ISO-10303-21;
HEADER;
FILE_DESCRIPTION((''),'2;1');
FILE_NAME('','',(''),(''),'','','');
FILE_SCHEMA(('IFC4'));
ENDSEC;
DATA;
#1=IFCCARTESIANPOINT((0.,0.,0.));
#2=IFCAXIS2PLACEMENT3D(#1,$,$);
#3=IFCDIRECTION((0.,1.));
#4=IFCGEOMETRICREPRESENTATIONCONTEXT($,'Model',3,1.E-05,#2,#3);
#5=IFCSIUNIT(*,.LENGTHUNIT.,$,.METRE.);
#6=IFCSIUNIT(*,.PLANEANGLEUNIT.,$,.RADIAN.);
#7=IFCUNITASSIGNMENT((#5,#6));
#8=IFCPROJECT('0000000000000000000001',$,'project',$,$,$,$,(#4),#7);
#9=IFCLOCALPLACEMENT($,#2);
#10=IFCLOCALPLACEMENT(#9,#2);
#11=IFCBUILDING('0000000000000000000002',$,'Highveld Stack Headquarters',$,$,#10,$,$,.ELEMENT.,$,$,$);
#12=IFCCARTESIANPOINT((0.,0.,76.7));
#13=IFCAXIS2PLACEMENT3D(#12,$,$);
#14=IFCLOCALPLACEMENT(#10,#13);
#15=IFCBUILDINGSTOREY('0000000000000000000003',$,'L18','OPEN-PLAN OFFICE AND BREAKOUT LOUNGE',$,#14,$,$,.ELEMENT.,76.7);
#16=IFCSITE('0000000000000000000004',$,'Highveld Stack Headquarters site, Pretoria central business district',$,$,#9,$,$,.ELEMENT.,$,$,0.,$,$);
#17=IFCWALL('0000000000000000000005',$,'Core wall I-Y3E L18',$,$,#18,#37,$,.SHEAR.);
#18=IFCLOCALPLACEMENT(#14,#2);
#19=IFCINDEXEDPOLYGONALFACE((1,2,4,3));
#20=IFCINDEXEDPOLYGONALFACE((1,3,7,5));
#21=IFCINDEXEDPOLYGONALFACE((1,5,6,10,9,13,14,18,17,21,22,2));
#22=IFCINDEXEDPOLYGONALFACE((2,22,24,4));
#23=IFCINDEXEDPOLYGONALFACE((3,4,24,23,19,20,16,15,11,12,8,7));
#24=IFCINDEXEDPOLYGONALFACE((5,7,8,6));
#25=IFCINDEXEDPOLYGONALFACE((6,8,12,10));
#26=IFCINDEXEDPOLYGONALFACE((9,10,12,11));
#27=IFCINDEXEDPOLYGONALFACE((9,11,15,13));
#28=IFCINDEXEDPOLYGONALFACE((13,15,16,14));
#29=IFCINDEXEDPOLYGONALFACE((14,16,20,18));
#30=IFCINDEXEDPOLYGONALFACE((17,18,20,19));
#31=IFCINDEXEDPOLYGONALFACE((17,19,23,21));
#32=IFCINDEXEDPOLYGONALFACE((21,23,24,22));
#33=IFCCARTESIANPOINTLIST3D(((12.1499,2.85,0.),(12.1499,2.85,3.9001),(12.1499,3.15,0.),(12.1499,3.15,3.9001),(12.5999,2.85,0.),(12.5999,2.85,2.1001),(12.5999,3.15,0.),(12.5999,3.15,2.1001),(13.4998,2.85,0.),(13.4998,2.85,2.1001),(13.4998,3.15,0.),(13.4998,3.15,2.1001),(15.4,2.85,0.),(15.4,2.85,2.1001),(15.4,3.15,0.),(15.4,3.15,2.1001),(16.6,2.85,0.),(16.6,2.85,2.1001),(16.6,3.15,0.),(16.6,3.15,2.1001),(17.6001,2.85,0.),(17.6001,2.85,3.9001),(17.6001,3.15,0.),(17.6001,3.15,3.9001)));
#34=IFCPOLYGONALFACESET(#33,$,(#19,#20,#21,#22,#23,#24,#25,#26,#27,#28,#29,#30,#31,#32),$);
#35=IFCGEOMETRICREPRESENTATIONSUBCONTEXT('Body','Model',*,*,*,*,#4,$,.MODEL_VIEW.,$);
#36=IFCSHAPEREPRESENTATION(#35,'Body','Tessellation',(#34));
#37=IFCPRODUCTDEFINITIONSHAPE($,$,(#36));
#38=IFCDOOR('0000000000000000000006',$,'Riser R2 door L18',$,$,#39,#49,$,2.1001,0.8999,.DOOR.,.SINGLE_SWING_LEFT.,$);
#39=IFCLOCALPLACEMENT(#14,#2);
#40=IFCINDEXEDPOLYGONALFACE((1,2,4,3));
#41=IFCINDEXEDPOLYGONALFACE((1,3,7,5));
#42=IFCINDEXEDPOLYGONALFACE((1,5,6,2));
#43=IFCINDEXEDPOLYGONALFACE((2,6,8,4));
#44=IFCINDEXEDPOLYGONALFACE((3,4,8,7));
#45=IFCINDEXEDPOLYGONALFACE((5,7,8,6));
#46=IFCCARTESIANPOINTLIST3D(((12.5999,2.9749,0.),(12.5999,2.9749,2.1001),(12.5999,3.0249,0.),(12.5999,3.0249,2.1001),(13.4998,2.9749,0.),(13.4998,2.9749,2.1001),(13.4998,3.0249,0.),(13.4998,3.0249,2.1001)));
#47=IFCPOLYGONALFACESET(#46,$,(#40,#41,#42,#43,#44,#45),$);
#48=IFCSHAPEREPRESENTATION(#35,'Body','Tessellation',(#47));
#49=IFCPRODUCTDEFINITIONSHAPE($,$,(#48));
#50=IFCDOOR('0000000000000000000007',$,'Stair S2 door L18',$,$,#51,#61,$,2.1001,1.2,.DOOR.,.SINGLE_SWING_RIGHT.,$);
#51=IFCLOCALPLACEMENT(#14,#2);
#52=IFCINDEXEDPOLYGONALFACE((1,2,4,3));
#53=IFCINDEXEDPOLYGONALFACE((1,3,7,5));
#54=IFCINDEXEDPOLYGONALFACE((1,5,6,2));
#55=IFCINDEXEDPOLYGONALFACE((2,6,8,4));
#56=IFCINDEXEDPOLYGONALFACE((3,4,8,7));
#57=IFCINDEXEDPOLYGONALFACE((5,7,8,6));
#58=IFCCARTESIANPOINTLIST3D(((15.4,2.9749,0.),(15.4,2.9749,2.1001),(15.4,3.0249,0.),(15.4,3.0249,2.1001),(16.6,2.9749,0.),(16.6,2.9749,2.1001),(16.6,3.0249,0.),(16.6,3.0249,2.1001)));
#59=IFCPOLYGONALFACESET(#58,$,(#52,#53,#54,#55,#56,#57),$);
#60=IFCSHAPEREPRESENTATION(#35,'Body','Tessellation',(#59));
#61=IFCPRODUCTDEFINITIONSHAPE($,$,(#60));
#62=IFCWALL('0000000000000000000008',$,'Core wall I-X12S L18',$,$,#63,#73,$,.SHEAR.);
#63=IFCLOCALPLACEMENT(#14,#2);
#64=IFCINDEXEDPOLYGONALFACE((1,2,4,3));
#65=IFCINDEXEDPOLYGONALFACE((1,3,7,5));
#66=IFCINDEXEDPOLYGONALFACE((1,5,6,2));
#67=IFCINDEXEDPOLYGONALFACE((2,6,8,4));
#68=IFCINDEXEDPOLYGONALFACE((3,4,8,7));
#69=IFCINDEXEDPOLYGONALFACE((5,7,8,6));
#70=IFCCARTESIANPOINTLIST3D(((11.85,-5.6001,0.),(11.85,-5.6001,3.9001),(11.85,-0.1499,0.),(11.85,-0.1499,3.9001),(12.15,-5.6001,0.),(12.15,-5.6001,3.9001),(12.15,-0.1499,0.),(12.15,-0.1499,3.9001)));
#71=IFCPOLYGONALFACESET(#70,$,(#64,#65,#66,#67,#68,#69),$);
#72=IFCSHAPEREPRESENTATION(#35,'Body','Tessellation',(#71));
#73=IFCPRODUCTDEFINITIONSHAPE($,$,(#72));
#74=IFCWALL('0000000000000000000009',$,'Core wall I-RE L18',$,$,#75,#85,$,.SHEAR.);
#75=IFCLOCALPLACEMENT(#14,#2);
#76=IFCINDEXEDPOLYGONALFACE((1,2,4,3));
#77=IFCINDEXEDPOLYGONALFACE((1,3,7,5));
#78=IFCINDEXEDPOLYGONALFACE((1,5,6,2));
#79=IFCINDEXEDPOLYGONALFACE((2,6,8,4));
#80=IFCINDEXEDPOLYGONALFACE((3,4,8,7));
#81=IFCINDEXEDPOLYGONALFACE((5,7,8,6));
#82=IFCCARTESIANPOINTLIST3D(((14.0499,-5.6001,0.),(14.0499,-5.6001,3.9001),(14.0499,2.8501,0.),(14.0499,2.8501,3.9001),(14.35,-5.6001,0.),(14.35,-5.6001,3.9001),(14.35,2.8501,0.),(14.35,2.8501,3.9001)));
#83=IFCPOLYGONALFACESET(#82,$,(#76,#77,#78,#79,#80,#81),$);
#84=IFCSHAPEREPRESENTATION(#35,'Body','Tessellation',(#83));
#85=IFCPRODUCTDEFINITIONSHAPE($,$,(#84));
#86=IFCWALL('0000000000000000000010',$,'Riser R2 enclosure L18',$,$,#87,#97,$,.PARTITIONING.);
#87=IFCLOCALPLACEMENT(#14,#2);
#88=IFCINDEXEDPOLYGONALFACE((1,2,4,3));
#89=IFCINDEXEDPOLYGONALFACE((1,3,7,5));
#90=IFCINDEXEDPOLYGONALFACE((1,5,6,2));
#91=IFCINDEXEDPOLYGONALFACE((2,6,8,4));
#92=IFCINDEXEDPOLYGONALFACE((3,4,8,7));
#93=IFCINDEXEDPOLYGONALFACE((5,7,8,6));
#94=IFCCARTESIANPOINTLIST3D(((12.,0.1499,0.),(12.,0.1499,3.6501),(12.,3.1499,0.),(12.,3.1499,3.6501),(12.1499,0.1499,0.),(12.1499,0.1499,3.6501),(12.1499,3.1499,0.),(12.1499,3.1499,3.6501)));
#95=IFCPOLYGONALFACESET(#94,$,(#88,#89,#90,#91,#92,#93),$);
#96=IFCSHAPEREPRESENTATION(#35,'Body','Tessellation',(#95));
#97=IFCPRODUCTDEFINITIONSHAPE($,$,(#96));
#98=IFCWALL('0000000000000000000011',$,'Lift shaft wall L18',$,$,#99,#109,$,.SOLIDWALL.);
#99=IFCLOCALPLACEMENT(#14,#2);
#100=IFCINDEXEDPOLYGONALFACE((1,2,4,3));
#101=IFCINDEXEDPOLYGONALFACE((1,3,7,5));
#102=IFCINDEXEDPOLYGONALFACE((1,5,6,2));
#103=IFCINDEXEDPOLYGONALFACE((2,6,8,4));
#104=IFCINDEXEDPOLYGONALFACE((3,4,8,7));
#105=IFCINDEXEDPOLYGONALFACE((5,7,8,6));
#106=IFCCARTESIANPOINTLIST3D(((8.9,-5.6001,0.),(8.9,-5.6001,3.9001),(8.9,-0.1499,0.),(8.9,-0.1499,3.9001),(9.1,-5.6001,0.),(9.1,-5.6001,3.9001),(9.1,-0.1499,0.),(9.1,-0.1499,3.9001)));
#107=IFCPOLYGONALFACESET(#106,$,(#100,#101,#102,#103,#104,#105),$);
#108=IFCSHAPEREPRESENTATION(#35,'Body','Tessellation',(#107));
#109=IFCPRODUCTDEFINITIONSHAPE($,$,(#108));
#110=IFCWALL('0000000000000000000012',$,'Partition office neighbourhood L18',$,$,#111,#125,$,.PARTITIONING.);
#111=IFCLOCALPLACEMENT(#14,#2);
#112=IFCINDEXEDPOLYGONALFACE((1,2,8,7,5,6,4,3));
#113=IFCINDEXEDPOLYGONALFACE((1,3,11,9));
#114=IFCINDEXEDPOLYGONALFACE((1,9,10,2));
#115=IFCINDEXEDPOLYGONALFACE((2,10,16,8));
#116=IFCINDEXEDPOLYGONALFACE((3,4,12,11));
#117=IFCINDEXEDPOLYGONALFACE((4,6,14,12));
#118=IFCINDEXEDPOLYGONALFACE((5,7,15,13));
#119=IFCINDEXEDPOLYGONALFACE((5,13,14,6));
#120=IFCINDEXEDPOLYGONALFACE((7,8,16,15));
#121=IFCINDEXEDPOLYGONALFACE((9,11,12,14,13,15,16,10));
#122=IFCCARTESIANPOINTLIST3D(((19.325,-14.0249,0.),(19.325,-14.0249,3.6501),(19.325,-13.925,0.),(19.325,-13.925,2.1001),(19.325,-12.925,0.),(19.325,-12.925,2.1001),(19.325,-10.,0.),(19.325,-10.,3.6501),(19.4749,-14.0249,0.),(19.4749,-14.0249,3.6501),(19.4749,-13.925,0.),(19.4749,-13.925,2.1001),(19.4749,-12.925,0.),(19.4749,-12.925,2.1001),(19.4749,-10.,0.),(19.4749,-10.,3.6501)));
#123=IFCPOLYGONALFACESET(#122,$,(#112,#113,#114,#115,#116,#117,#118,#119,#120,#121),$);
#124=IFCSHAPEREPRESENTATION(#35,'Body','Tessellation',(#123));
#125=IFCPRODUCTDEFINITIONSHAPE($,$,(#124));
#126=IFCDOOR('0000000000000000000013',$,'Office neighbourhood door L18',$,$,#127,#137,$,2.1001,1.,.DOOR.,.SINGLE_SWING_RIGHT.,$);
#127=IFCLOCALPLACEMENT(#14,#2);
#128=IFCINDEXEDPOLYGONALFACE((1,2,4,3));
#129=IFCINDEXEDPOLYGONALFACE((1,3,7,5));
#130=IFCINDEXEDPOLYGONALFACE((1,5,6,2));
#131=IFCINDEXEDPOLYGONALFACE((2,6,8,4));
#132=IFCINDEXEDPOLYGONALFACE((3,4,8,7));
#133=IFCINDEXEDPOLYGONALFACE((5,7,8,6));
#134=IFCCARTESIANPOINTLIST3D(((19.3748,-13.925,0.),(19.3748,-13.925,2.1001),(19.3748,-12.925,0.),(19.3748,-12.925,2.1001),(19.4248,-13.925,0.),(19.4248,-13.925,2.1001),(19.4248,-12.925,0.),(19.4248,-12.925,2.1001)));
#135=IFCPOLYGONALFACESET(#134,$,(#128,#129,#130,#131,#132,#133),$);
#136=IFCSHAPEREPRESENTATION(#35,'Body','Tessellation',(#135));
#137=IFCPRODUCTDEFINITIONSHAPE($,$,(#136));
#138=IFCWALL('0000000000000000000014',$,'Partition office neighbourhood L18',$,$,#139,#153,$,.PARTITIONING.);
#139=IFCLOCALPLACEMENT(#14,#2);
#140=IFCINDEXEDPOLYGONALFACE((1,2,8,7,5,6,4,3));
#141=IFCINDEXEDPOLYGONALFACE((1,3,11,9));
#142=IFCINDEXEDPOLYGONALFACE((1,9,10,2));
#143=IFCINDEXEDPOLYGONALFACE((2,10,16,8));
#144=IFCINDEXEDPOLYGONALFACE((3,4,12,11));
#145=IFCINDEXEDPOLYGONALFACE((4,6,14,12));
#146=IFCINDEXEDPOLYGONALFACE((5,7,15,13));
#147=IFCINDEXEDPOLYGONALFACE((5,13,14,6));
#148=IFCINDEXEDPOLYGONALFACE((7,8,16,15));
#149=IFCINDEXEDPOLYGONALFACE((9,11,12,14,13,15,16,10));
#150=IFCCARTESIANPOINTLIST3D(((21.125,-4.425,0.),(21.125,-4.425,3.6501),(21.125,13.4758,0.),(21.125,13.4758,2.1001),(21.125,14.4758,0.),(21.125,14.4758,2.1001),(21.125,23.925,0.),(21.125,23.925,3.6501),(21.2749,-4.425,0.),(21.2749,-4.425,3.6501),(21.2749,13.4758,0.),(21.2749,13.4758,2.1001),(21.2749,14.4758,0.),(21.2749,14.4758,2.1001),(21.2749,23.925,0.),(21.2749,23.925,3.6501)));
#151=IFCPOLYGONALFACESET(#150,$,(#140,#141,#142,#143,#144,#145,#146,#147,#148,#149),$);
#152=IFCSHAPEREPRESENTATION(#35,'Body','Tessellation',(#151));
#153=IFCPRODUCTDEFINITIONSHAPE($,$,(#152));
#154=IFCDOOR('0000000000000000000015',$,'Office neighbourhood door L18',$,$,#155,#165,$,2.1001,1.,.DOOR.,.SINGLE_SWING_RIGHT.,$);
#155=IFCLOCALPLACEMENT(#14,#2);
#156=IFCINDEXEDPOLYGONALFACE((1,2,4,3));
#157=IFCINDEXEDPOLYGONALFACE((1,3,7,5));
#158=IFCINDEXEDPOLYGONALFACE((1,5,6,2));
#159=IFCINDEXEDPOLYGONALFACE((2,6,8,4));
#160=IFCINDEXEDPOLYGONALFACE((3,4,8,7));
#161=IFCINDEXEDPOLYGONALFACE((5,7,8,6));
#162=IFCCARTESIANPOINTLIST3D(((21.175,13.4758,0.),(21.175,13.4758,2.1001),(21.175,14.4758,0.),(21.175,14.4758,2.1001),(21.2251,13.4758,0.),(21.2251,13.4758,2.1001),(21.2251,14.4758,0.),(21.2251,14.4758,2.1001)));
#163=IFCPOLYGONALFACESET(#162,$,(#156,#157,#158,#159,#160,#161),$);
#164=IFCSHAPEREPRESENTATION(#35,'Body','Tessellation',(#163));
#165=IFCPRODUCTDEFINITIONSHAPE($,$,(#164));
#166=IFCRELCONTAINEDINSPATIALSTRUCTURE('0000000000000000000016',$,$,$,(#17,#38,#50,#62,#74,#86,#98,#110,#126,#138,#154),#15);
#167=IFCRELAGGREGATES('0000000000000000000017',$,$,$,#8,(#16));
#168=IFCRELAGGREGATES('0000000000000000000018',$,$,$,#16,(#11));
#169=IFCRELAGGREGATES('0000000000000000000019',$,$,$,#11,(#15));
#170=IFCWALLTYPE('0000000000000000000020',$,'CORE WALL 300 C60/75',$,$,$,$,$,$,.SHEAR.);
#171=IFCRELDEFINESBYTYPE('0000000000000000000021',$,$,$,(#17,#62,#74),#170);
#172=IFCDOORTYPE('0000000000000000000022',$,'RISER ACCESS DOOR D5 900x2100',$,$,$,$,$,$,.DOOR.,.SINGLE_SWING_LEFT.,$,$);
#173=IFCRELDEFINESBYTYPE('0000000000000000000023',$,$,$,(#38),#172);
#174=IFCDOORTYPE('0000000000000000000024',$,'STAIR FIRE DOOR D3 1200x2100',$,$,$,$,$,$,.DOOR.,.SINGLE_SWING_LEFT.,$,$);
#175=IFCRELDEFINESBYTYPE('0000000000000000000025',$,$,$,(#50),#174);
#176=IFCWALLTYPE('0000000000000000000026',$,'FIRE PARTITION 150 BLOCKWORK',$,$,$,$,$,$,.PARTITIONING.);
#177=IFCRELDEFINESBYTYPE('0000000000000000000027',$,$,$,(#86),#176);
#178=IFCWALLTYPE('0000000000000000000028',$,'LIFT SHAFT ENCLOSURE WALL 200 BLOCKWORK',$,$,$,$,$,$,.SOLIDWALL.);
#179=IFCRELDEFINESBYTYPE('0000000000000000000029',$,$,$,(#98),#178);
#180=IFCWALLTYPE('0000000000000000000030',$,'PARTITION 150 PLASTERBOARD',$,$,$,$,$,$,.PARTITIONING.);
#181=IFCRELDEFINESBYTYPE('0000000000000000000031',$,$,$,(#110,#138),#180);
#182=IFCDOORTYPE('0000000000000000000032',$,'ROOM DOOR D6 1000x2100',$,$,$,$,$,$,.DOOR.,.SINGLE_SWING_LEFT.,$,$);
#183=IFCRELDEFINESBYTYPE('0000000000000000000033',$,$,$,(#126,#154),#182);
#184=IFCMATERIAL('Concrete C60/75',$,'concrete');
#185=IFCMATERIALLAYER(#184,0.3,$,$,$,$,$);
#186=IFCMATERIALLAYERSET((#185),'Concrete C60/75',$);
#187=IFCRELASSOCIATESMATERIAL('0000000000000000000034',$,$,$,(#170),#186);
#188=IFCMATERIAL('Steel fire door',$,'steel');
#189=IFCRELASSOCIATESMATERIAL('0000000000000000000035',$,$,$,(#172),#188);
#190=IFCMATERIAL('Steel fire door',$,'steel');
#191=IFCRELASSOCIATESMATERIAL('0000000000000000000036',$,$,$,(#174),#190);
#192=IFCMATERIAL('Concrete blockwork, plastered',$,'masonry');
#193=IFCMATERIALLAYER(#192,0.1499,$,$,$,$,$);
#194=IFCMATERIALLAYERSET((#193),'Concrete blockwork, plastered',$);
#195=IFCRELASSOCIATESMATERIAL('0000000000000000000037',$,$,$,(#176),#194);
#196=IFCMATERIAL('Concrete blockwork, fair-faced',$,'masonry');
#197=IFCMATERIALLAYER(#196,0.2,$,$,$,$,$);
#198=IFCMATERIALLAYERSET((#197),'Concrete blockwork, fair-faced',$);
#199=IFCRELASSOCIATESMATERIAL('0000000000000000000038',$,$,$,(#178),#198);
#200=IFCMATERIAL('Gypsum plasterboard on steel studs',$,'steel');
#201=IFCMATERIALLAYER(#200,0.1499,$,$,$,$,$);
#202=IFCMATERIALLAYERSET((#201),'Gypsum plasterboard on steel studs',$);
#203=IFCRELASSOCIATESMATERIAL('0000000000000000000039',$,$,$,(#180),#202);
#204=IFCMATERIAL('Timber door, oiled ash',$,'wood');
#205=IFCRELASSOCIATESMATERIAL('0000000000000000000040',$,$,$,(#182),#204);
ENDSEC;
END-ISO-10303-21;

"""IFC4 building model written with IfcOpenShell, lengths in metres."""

from ifc_helpers import new_model, si_unit, direction, frame, frame_2d, origin, place, context, subcontext, project, spatial, rectangle, extrude, material, layer, layer_set, type_object, element, fill, save


model = new_model("IFC4")

# Units and contexts
model_context = context("Model", 3, precision=1e-05, world=origin(), true_north=direction((0.0, 1.0)))
body_context = subcontext(model_context, "Body", "Model", "MODEL_VIEW")
ifc_project = project(units=[si_unit("LENGTHUNIT", "METRE"), si_unit("PLANEANGLEUNIT", "RADIAN")], contexts=[model_context])

# Site, building, storey
site_placement = place(None, origin())
site = spatial("IfcSite", under=ifc_project, at=site_placement, Name="Highveld Stack Headquarters site, Pretoria central business district", CompositionType="ELEMENT", RefElevation=0.0)
building_placement = place(site_placement, origin())
building = spatial("IfcBuilding", under=site, at=building_placement, Name="Highveld Stack Headquarters", CompositionType="ELEMENT")
storey_placement = place(building_placement, frame((0.0, 0.0, 76.7)))
storey = spatial("IfcBuildingStorey", under=building, at=storey_placement, Name="L18", Description="OPEN-PLAN OFFICE AND BREAKOUT LOUNGE", CompositionType="ELEMENT", Elevation=76.7)

# Wall, openings, doors
ifc_material_1 = material(Name="Concrete C60/75", Category="concrete")
ifc_layer_1 = layer(ifc_material_1, 0.3)
ifc_layer_set_1 = layer_set([ifc_layer_1], Name="Concrete C60/75")
wall_type_1 = type_object("IfcWallType", Name="CORE WALL 300 C60/75", PredefinedType="SHEAR", material=ifc_layer_set_1)
wall_1_placement = place(storey_placement, frame((12.1499, 3.0, 0.0), z_axis=(0.0, 0.0, 1.0), x_axis=(1.0, 0.0, 0.0)))
wall_1 = element("IfcWall", 1, at=wall_1_placement, inside=storey, type_object=wall_type_1, Name="Core wall I-Y3E L18", PredefinedType="SHEAR", context=body_context, shape_type="SweptSolid", body=[
    extrude(rectangle(XDim=5.4502, YDim=0.3, at=frame_2d((2.7251, 0.0))), origin(), (0.0, 0.0, 1.0), 3.9001),
])
opening_1_placement = place(wall_1_placement, frame((3.25, 0.0, 0.0)))
opening_1 = element("IfcOpeningElement", 2, at=opening_1_placement, cuts=wall_1, PredefinedType="OPENING", context=body_context, shape_type="SweptSolid", body=[
    extrude(rectangle(XDim=1.2, YDim=2.1001, at=frame_2d((0.6001, 1.05))), frame((0.0, 0.1599, 0.0), z_axis=(0.0, -1.0, 0.0), x_axis=(1.0, 0.0, 0.0)), (0.0, 0.0, 1.0), 0.3201),
])
opening_2_placement = place(wall_1_placement, frame((0.45, 0.0, 0.0)))
opening_2 = element("IfcOpeningElement", 3, at=opening_2_placement, cuts=wall_1, PredefinedType="OPENING", context=body_context, shape_type="SweptSolid", body=[
    extrude(rectangle(XDim=0.8999, YDim=2.1001, at=frame_2d((0.45, 1.05))), frame((0.0, 0.1599, 0.0), z_axis=(0.0, -1.0, 0.0), x_axis=(1.0, 0.0, 0.0)), (0.0, 0.0, 1.0), 0.3201),
])
ifc_material_2 = material(Name="Steel fire door", Category="steel")
door_type_1 = type_object("IfcDoorType", Name="RISER ACCESS DOOR D5 900x2100", OperationType="SINGLE_SWING_LEFT", PredefinedType="DOOR", material=ifc_material_2)
door_1_placement = place(opening_2_placement, origin())
door_1 = element("IfcDoor", 4, at=door_1_placement, inside=storey, type_object=door_type_1, Name="Riser R2 door L18", OperationType="SINGLE_SWING_LEFT", OverallHeight=2.1001, OverallWidth=0.8999, PredefinedType="DOOR", context=body_context, shape_type="SweptSolid", body=[
    extrude(rectangle(XDim=0.8999, YDim=2.1001, at=frame_2d((0.45, 1.05))), frame((0.0, 0.0249, 0.0), z_axis=(0.0, -1.0, 0.0), x_axis=(1.0, 0.0, 0.0)), (0.0, 0.0, 1.0), 0.05),
])
fill(opening_2, door_1)
ifc_material_3 = material(Name="Steel fire door", Category="steel")
door_type_2 = type_object("IfcDoorType", Name="STAIR FIRE DOOR D3 1200x2100", OperationType="SINGLE_SWING_LEFT", PredefinedType="DOOR", material=ifc_material_3)
door_2_placement = place(opening_1_placement, origin())
door_2 = element("IfcDoor", 5, at=door_2_placement, inside=storey, type_object=door_type_2, Name="Stair S2 door L18", OperationType="SINGLE_SWING_RIGHT", OverallHeight=2.1001, OverallWidth=1.2, PredefinedType="DOOR", context=body_context, shape_type="SweptSolid", body=[
    extrude(rectangle(XDim=1.2, YDim=2.1001, at=frame_2d((0.6001, 1.05))), frame((0.0, 0.0249, 0.0), z_axis=(0.0, -1.0, 0.0), x_axis=(1.0, 0.0, 0.0)), (0.0, 0.0, 1.0), 0.05),
])
fill(opening_1, door_2)

# Walls
wall_2_placement = place(storey_placement, frame((12.0, -5.6001, 0.0), z_axis=(0.0, 0.0, 1.0), x_axis=(0.0, 1.0, 0.0)))
element("IfcWall", 6, at=wall_2_placement, inside=storey, type_object=wall_type_1, Name="Core wall I-X12S L18", PredefinedType="SHEAR", context=body_context, shape_type="SweptSolid", body=[
    extrude(rectangle(XDim=5.4502, YDim=0.3, at=frame_2d((2.7251, 0.0))), origin(), (0.0, 0.0, 1.0), 3.9001),
])
wall_3_placement = place(storey_placement, frame((14.2, -5.6001, 0.0), z_axis=(0.0, 0.0, 1.0), x_axis=(0.0, 1.0, 0.0)))
element("IfcWall", 7, at=wall_3_placement, inside=storey, type_object=wall_type_1, Name="Core wall I-RE L18", PredefinedType="SHEAR", context=body_context, shape_type="SweptSolid", body=[
    extrude(rectangle(XDim=8.4502, YDim=0.3, at=frame_2d((4.2251, 0.0))), origin(), (0.0, 0.0, 1.0), 3.9001),
])
ifc_material_4 = material(Name="Concrete blockwork, plastered", Category="masonry")
ifc_layer_2 = layer(ifc_material_4, 0.1499)
ifc_layer_set_2 = layer_set([ifc_layer_2], Name="Concrete blockwork, plastered")
wall_type_2 = type_object("IfcWallType", Name="FIRE PARTITION 150 BLOCKWORK", PredefinedType="PARTITIONING", material=ifc_layer_set_2)
wall_4_placement = place(storey_placement, frame((12.075, 0.1499, 0.0), z_axis=(0.0, 0.0, 1.0), x_axis=(0.0, 1.0, 0.0)))
element("IfcWall", 8, at=wall_4_placement, inside=storey, type_object=wall_type_2, Name="Riser R2 enclosure L18", PredefinedType="PARTITIONING", context=body_context, shape_type="SweptSolid", body=[
    extrude(rectangle(XDim=3.0, YDim=0.1499, at=frame_2d((1.5, 0.0))), origin(), (0.0, 0.0, 1.0), 3.6501),
])
ifc_material_5 = material(Name="Concrete blockwork, fair-faced", Category="masonry")
ifc_layer_3 = layer(ifc_material_5, 0.2)
ifc_layer_set_3 = layer_set([ifc_layer_3], Name="Concrete blockwork, fair-faced")
wall_type_3 = type_object("IfcWallType", Name="LIFT SHAFT ENCLOSURE WALL 200 BLOCKWORK", PredefinedType="SOLIDWALL", material=ifc_layer_set_3)
wall_5_placement = place(storey_placement, frame((9.0, -5.6001, 0.0), z_axis=(0.0, 0.0, 1.0), x_axis=(0.0, 1.0, 0.0)))
element("IfcWall", 9, at=wall_5_placement, inside=storey, type_object=wall_type_3, Name="Lift shaft wall L18", PredefinedType="SOLIDWALL", context=body_context, shape_type="SweptSolid", body=[
    extrude(rectangle(XDim=5.4502, YDim=0.2, at=frame_2d((2.7251, 0.0))), origin(), (0.0, 0.0, 1.0), 3.9001),
])

# Walls, openings, doors
ifc_material_6 = material(Name="Gypsum plasterboard on steel studs", Category="steel")
ifc_layer_4 = layer(ifc_material_6, 0.1499)
ifc_layer_set_4 = layer_set([ifc_layer_4], Name="Gypsum plasterboard on steel studs")
wall_type_4 = type_object("IfcWallType", Name="PARTITION 150 PLASTERBOARD", PredefinedType="PARTITIONING", material=ifc_layer_set_4)
wall_6_placement = place(storey_placement, frame((19.3999, -10.0, 0.0), z_axis=(0.0, 0.0, 1.0), x_axis=(0.0, -1.0, 0.0)))
wall_6 = element("IfcWall", 10, at=wall_6_placement, inside=storey, type_object=wall_type_4, Name="Partition office neighbourhood L18", PredefinedType="PARTITIONING", context=body_context, shape_type="SweptSolid", body=[
    extrude(rectangle(XDim=4.0249, YDim=0.1499, at=frame_2d((2.0125, 0.0))), origin(), (0.0, 0.0, 1.0), 3.6501),
])
opening_3_placement = place(wall_6_placement, frame((2.925, 0.0, 0.0)))
opening_3 = element("IfcOpeningElement", 11, at=opening_3_placement, cuts=wall_6, PredefinedType="OPENING", context=body_context, shape_type="SweptSolid", body=[
    extrude(rectangle(XDim=1.0, YDim=2.1001, at=frame_2d((0.5, 1.05))), frame((0.0, 0.085, 0.0), z_axis=(0.0, -1.0, 0.0), x_axis=(1.0, 0.0, 0.0)), (0.0, 0.0, 1.0), 0.1699),
])
ifc_material_7 = material(Name="Timber door, oiled ash", Category="wood")
door_type_3 = type_object("IfcDoorType", Name="ROOM DOOR D6 1000x2100", OperationType="SINGLE_SWING_LEFT", PredefinedType="DOOR", material=ifc_material_7)
door_3_placement = place(opening_3_placement, origin())
door_3 = element("IfcDoor", 12, at=door_3_placement, inside=storey, type_object=door_type_3, Name="Office neighbourhood door L18", OperationType="SINGLE_SWING_RIGHT", OverallHeight=2.1001, OverallWidth=1.0, PredefinedType="DOOR", context=body_context, shape_type="SweptSolid", body=[
    extrude(rectangle(XDim=1.0, YDim=2.1001, at=frame_2d((0.5, 1.05))), frame((0.0, 0.0249, 0.0), z_axis=(0.0, -1.0, 0.0), x_axis=(1.0, 0.0, 0.0)), (0.0, 0.0, 1.0), 0.05),
])
fill(opening_3, door_3)
wall_7_placement = place(storey_placement, frame((21.2, -4.425, 0.0), z_axis=(0.0, 0.0, 1.0), x_axis=(0.0, 1.0, 0.0)))
wall_7 = element("IfcWall", 13, at=wall_7_placement, inside=storey, type_object=wall_type_4, Name="Partition office neighbourhood L18", PredefinedType="PARTITIONING", context=body_context, shape_type="SweptSolid", body=[
    extrude(rectangle(XDim=28.3501, YDim=0.1499, at=frame_2d((14.175, 0.0))), origin(), (0.0, 0.0, 1.0), 3.6501),
])
opening_4_placement = place(wall_7_placement, frame((17.9009, 0.0, 0.0)))
opening_4 = element("IfcOpeningElement", 14, at=opening_4_placement, cuts=wall_7, PredefinedType="OPENING", context=body_context, shape_type="SweptSolid", body=[
    extrude(rectangle(XDim=1.0, YDim=2.1001, at=frame_2d((0.5, 1.05))), frame((0.0, 0.085, 0.0), z_axis=(0.0, -1.0, 0.0), x_axis=(1.0, 0.0, 0.0)), (0.0, 0.0, 1.0), 0.1699),
])
door_4_placement = place(opening_4_placement, origin())
door_4 = element("IfcDoor", 15, at=door_4_placement, inside=storey, type_object=door_type_3, Name="Office neighbourhood door L18", OperationType="SINGLE_SWING_RIGHT", OverallHeight=2.1001, OverallWidth=1.0, PredefinedType="DOOR", context=body_context, shape_type="SweptSolid", body=[
    extrude(rectangle(XDim=1.0, YDim=2.1001, at=frame_2d((0.5, 1.05))), frame((0.0, 0.0249, 0.0), z_axis=(0.0, -1.0, 0.0), x_axis=(1.0, 0.0, 0.0)), (0.0, 0.0, 1.0), 0.05),
])
fill(opening_4, door_4)

save(model, "model.ifc")
